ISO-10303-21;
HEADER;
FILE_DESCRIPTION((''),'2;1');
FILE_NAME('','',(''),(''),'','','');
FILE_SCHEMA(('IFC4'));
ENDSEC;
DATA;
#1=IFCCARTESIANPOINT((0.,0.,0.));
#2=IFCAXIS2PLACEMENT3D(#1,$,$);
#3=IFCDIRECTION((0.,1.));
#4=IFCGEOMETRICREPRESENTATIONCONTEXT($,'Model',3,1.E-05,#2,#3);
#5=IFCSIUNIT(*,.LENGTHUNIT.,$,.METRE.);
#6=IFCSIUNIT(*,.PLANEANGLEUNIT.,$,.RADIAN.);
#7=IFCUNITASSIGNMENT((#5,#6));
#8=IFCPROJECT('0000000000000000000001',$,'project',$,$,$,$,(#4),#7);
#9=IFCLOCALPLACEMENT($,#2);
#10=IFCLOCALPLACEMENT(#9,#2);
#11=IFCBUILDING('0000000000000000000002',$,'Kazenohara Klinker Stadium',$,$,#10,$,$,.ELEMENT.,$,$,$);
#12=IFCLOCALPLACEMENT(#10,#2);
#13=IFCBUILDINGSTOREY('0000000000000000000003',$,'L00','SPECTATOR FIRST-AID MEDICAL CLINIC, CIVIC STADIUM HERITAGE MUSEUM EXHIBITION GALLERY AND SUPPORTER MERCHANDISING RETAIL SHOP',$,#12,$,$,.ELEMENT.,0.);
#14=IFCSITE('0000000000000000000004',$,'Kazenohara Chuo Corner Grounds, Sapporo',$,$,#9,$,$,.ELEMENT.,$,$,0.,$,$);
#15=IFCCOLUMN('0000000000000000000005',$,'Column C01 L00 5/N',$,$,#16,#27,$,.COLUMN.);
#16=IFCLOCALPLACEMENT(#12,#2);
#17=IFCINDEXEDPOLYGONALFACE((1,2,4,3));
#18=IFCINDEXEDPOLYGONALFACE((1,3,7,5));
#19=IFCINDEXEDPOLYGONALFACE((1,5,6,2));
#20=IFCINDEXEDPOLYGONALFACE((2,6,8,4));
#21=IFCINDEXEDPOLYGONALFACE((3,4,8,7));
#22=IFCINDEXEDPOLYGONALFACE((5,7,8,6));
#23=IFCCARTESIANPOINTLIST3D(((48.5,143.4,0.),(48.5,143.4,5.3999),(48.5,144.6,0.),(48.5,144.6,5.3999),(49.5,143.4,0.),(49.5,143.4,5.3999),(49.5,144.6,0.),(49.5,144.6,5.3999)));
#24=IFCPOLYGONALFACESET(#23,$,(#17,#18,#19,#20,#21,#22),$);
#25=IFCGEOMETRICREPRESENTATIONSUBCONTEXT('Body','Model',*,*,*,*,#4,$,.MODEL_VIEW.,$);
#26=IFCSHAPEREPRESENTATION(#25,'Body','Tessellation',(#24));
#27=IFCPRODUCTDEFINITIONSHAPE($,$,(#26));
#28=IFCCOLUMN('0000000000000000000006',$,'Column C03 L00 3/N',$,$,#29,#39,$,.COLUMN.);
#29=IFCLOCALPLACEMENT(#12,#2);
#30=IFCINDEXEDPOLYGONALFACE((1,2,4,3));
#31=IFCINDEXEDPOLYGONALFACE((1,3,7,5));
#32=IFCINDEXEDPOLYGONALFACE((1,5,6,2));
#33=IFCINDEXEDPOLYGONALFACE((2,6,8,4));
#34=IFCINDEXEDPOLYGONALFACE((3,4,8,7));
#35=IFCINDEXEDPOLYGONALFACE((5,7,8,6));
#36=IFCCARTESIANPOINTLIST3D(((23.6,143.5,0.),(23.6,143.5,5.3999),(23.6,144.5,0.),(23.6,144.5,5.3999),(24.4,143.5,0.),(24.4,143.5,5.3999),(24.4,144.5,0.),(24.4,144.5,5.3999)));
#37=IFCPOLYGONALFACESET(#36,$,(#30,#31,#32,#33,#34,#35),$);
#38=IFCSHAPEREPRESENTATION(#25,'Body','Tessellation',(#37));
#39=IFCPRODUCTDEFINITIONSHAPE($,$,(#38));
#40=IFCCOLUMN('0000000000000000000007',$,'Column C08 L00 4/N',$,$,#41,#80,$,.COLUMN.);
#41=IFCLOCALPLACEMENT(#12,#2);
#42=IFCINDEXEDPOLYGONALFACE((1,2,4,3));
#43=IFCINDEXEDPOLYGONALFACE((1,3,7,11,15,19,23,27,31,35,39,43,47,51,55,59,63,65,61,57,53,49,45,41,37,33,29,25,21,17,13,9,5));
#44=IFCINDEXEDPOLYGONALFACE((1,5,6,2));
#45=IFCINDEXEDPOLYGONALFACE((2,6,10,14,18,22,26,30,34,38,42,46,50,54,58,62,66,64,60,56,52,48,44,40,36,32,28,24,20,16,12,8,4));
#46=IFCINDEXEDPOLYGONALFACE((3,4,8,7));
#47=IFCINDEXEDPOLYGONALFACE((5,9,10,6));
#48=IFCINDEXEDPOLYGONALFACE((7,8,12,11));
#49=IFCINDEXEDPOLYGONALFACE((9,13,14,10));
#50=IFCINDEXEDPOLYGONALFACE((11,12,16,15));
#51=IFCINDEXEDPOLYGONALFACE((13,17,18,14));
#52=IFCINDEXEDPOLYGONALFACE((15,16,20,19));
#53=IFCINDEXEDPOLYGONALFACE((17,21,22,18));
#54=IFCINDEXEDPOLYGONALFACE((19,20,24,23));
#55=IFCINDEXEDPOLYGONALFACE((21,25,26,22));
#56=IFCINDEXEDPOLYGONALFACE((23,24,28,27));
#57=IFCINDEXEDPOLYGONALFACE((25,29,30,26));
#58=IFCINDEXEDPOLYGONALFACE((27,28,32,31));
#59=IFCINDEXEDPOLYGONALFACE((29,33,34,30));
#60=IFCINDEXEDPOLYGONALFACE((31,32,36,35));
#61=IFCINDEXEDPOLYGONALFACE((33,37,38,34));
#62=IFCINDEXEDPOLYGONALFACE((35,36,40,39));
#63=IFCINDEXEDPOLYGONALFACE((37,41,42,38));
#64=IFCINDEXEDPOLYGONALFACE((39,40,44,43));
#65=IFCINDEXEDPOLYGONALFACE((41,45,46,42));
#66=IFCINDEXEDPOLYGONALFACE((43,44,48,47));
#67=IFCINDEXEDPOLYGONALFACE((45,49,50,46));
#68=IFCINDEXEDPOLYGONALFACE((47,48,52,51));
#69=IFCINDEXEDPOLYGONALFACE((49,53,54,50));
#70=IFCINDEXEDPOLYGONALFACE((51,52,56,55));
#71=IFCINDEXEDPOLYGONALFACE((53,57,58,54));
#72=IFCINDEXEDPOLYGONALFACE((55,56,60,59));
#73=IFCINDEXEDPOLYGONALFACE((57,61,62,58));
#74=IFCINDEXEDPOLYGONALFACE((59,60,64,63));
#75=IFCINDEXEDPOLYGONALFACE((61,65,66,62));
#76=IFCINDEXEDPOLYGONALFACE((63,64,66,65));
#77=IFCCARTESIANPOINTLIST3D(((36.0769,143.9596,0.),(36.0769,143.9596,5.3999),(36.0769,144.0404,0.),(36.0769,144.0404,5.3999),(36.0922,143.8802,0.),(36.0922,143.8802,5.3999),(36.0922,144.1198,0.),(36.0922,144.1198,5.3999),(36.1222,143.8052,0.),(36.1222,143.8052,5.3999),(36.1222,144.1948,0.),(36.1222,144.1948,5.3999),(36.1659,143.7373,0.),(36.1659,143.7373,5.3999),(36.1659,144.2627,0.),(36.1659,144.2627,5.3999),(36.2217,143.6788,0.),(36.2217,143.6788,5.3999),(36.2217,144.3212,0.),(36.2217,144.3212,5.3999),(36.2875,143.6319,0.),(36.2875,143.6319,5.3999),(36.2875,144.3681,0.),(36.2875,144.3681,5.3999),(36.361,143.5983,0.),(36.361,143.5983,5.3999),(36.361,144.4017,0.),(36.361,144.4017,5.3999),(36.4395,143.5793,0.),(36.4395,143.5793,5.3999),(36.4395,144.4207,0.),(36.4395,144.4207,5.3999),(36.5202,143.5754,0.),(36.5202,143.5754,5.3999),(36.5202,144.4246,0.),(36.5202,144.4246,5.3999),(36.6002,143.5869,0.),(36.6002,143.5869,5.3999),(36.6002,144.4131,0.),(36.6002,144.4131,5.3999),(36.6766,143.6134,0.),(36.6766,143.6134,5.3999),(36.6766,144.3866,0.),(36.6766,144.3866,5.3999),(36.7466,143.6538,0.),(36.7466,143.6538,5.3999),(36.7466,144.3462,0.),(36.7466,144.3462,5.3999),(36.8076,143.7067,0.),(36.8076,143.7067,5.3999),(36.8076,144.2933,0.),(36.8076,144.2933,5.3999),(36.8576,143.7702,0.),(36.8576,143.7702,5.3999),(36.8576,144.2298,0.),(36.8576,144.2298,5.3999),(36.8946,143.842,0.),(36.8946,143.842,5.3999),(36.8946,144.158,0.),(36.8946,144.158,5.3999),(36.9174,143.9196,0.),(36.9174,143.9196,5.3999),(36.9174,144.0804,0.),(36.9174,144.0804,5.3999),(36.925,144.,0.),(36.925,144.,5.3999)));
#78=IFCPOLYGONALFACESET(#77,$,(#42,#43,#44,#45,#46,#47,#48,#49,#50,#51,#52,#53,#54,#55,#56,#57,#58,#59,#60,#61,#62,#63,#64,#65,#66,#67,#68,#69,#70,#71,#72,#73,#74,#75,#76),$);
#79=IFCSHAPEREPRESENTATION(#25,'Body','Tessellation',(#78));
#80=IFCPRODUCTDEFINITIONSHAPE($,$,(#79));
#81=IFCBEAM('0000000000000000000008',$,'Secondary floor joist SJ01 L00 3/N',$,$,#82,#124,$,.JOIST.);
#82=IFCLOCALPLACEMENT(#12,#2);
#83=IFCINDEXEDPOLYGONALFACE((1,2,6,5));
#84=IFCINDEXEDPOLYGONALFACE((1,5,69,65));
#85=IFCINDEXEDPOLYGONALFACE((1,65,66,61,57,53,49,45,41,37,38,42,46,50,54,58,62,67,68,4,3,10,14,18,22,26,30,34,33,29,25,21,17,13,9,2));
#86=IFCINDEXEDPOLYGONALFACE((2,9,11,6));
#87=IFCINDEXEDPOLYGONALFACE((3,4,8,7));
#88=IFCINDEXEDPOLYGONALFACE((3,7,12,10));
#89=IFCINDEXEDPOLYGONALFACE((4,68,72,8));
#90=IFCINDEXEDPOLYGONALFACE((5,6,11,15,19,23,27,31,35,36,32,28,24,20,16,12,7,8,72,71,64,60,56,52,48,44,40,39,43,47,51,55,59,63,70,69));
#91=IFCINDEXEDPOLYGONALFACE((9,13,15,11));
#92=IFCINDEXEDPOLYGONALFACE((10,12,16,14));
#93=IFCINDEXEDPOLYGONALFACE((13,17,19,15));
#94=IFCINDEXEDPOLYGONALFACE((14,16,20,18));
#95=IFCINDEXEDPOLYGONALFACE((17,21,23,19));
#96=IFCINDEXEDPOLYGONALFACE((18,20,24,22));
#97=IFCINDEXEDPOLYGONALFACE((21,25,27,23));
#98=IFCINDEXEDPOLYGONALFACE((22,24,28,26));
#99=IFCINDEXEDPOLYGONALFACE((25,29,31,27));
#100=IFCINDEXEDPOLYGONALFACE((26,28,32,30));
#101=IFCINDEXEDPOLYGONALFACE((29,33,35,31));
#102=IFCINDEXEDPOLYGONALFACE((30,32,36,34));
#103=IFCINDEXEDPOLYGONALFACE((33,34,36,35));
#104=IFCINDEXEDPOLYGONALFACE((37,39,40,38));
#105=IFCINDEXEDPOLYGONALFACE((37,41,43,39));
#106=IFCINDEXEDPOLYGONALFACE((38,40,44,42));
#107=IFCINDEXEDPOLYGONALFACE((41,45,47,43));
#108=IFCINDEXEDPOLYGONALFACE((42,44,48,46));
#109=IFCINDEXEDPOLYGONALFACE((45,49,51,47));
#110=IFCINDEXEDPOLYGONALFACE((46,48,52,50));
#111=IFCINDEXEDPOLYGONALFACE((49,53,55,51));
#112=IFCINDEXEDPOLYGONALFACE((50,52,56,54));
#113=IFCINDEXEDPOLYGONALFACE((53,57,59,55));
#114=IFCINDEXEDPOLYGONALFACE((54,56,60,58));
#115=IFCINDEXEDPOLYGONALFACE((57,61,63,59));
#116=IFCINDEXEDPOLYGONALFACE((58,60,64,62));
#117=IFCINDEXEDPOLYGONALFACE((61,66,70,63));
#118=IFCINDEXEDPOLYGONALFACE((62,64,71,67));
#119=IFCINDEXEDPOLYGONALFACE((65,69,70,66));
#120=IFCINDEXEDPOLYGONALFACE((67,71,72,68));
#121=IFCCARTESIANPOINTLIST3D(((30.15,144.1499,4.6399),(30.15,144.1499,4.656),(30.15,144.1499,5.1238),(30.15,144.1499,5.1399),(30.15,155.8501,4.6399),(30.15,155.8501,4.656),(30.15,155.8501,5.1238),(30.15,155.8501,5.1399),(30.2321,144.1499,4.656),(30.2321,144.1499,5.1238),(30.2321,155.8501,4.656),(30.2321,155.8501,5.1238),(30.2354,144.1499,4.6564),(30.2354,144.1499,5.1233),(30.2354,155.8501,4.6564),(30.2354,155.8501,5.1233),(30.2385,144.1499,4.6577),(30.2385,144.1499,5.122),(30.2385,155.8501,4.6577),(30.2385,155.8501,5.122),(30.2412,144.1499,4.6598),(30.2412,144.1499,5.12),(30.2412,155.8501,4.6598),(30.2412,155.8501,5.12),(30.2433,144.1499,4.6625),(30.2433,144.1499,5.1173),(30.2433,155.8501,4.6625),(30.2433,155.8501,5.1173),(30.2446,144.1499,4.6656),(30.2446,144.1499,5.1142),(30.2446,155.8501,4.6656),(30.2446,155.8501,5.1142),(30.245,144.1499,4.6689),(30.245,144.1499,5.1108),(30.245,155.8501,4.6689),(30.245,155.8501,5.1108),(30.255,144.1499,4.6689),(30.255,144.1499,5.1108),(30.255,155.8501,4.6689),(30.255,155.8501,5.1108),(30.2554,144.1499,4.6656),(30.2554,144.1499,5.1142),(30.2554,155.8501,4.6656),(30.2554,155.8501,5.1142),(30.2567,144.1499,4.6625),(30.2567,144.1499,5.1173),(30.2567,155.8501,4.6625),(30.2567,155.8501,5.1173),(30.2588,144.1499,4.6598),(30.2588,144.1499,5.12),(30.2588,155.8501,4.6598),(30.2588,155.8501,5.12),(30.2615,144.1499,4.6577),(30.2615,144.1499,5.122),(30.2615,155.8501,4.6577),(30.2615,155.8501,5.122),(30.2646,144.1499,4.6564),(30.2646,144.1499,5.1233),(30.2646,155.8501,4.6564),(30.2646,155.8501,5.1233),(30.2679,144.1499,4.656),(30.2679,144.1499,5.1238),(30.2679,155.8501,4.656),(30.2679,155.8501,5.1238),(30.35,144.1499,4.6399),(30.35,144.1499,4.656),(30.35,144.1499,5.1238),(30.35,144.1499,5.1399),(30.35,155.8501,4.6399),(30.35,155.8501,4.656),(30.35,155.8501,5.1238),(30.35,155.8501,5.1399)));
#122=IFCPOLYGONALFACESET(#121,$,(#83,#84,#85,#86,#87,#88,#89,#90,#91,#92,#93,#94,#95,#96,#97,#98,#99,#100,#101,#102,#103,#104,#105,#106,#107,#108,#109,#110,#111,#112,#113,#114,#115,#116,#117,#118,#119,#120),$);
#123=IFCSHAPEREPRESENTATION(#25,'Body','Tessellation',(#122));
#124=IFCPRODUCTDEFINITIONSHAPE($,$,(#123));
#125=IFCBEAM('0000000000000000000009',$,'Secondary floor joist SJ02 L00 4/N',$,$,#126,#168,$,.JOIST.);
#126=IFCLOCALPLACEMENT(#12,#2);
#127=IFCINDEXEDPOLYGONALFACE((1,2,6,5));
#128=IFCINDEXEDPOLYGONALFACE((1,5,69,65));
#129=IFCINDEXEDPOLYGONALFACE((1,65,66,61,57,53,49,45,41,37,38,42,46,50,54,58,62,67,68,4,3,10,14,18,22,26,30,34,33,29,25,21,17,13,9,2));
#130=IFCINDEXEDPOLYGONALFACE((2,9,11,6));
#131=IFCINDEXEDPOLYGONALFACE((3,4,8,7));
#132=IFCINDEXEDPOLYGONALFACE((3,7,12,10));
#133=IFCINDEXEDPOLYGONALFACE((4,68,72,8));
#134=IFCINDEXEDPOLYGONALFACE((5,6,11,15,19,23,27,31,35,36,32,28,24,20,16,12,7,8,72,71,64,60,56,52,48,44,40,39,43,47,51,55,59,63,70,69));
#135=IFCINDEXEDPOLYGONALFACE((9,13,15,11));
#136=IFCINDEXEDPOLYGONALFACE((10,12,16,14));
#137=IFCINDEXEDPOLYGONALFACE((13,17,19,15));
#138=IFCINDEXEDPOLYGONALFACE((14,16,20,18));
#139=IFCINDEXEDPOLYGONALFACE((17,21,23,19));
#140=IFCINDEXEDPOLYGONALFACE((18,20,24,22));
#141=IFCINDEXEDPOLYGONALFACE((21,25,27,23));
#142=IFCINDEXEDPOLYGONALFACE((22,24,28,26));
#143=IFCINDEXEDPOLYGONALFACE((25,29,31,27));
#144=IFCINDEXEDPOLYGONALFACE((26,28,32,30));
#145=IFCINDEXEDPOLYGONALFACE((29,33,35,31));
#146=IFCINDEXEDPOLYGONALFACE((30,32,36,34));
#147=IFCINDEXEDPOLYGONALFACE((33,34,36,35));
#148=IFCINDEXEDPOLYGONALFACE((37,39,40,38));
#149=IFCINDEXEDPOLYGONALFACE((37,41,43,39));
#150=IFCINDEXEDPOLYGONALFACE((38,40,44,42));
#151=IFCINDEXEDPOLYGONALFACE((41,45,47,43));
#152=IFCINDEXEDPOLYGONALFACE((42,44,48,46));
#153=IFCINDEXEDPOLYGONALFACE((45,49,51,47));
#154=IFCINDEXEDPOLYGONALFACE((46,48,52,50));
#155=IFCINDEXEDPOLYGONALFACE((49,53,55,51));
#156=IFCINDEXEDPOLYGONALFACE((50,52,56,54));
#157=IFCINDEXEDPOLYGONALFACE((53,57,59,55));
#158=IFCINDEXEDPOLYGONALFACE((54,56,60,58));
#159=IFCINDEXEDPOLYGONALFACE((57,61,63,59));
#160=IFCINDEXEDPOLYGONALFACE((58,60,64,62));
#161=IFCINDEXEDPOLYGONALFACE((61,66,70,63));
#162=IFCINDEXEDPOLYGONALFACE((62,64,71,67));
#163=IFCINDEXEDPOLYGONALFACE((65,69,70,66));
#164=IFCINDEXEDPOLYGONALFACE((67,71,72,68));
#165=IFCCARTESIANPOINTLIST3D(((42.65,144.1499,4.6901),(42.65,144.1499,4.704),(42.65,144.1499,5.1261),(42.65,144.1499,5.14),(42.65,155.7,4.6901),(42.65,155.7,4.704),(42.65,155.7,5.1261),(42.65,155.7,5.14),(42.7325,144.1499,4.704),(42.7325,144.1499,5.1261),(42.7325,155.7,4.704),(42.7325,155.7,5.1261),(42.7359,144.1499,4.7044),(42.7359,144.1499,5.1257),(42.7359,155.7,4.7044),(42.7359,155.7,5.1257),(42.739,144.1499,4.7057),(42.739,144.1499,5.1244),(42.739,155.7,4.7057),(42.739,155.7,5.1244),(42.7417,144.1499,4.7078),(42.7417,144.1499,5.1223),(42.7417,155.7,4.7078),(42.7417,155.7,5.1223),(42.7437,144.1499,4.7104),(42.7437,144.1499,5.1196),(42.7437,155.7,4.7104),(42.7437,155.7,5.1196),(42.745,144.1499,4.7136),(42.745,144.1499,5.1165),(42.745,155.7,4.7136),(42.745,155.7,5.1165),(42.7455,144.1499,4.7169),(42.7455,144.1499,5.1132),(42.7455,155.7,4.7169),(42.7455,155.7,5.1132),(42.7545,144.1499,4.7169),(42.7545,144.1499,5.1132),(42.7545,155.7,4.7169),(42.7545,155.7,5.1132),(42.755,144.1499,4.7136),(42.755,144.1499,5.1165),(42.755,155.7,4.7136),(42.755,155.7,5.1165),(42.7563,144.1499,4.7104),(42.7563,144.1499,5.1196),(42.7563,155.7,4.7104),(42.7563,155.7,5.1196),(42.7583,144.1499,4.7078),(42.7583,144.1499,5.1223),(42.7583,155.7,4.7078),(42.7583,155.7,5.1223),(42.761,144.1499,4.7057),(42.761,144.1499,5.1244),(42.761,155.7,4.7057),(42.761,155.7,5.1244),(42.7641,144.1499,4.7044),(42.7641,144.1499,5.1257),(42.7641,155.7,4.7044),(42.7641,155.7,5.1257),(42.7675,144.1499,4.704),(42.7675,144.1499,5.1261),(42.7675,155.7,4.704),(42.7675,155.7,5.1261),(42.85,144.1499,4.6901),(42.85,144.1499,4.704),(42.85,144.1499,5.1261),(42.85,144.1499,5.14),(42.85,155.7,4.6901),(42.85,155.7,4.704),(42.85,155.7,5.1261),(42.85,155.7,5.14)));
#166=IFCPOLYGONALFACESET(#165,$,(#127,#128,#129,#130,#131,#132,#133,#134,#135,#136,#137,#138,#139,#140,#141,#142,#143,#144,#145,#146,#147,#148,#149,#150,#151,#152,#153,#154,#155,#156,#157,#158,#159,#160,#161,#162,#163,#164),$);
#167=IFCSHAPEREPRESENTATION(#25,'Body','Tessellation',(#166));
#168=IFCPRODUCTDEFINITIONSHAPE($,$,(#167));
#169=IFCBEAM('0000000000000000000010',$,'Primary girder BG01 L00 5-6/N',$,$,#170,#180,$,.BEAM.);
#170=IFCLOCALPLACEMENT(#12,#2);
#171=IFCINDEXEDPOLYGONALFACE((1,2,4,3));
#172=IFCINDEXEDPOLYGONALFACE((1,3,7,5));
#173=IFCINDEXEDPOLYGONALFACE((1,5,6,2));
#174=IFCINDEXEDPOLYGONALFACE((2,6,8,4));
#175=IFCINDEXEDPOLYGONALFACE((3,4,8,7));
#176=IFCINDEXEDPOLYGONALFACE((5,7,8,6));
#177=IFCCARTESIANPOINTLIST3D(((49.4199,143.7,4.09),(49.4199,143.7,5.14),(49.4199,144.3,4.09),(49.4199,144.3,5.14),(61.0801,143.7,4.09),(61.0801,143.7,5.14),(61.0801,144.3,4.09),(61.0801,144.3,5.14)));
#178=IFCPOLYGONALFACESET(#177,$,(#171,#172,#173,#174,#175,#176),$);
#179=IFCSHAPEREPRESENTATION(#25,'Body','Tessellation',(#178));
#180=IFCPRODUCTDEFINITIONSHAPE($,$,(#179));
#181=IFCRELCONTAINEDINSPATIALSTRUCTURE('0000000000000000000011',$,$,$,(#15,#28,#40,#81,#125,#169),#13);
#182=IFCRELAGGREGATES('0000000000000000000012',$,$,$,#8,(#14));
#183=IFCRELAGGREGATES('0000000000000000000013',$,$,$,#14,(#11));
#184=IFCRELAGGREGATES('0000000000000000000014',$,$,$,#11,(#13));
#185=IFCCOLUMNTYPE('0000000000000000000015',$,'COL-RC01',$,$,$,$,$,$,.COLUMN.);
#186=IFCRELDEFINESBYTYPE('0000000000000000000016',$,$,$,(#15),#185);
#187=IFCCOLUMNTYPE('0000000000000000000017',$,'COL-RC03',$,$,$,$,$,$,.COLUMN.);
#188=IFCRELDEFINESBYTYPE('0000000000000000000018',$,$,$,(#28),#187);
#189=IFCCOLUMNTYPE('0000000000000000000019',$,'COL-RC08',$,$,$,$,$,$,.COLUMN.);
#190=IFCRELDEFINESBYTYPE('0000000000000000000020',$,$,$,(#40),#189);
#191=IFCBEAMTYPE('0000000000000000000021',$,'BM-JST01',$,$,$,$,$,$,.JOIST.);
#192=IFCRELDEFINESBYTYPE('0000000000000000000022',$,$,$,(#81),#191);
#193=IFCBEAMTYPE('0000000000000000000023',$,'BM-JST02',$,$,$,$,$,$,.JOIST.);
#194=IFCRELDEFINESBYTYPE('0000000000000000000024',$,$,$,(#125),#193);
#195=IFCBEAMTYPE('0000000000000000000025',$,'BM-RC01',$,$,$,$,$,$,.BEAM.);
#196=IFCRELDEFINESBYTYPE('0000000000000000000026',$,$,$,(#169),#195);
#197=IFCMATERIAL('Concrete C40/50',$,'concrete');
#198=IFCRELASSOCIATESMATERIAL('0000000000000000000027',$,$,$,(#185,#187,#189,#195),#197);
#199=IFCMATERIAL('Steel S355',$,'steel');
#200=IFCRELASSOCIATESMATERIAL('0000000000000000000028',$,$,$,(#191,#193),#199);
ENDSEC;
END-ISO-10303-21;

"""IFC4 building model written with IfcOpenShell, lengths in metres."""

from ifc_helpers import new_model, si_unit, direction, frame, origin, origin_2d, place, context, subcontext, project, spatial, rectangle, circle, i_section, extrude, material, material_profile, profile_set, type_object, element, save


model = new_model("IFC4")

# Units and contexts
model_context = context("Model", 3, precision=1e-05, world=origin(), true_north=direction((0.0, 1.0)))
body_context = subcontext(model_context, "Body", "Model", "MODEL_VIEW")
ifc_project = project(units=[si_unit("LENGTHUNIT", "METRE"), si_unit("PLANEANGLEUNIT", "RADIAN")], contexts=[model_context])

# Site, building, storey
site_placement = place(None, origin())
site = spatial("IfcSite", under=ifc_project, at=site_placement, Name="Kazenohara Chuo Corner Grounds, Sapporo", CompositionType="ELEMENT", RefElevation=0.0)
building_placement = place(site_placement, origin())
building = spatial("IfcBuilding", under=site, at=building_placement, Name="Kazenohara Klinker Stadium", CompositionType="ELEMENT")
storey_placement = place(building_placement, origin())
storey = spatial("IfcBuildingStorey", under=building, at=storey_placement, Name="L00", Description="SPECTATOR FIRST-AID MEDICAL CLINIC, CIVIC STADIUM HERITAGE MUSEUM EXHIBITION GALLERY AND SUPPORTER MERCHANDISING RETAIL SHOP", CompositionType="ELEMENT", Elevation=0.0)

# Columns
ifc_material_1 = material(Name="Concrete C40/50", Category="concrete")
ifc_material_profile_1 = material_profile(ifc_material_1, rectangle(XDim=1.0, YDim=1.2, at=origin_2d()), Name="RC-COL-1200x1000")
ifc_profile_set_1 = profile_set([ifc_material_profile_1], Name="Concrete C40/50")
column_type_1 = type_object("IfcColumnType", Name="COL-RC01", PredefinedType="COLUMN", material=ifc_profile_set_1)
column_1_placement = place(storey_placement, frame((49.0, 144.0, 0.0), z_axis=(0.0, 0.0, 1.0), x_axis=(1.0, 0.0, 0.0)))
element("IfcColumn", 1, at=column_1_placement, inside=storey, type_object=column_type_1, Name="Column C01 L00 5/N", PredefinedType="COLUMN", context=body_context, shape_type="SweptSolid", body=[
    extrude(rectangle(XDim=1.0, YDim=1.2, at=origin_2d()), origin(), (0.0, 0.0, 1.0), 5.3999),
])
ifc_material_profile_2 = material_profile(ifc_material_1, rectangle(XDim=0.8, YDim=1.0, at=origin_2d()), Name="RC-COL-1000x800")
ifc_profile_set_2 = profile_set([ifc_material_profile_2], Name="Concrete C40/50")
column_type_2 = type_object("IfcColumnType", Name="COL-RC03", PredefinedType="COLUMN", material=ifc_profile_set_2)
column_2_placement = place(storey_placement, frame((24.0, 144.0, 0.0), z_axis=(0.0, 0.0, 1.0), x_axis=(1.0, 0.0, 0.0)))
element("IfcColumn", 2, at=column_2_placement, inside=storey, type_object=column_type_2, Name="Column C03 L00 3/N", PredefinedType="COLUMN", context=body_context, shape_type="SweptSolid", body=[
    extrude(rectangle(XDim=0.8, YDim=1.0, at=origin_2d()), origin(), (0.0, 0.0, 1.0), 5.3999),
])
ifc_material_profile_3 = material_profile(ifc_material_1, circle(Radius=0.425, at=origin_2d()), Name="RC-COL-D850")
ifc_profile_set_3 = profile_set([ifc_material_profile_3], Name="Concrete C40/50")
column_type_3 = type_object("IfcColumnType", Name="COL-RC08", PredefinedType="COLUMN", material=ifc_profile_set_3)
column_3_placement = place(storey_placement, frame((36.5, 144.0, 0.0), z_axis=(0.0, 0.0, 1.0), x_axis=(1.0, 0.0, 0.0)))
element("IfcColumn", 3, at=column_3_placement, inside=storey, type_object=column_type_3, Name="Column C08 L00 4/N", PredefinedType="COLUMN", context=body_context, shape_type="SweptSolid", body=[
    extrude(circle(Radius=0.425, at=origin_2d()), origin(), (0.0, 0.0, 1.0), 5.3999),
])

# Beams
ifc_material_2 = material(Name="Steel S355", Category="steel")
ifc_material_profile_4 = material_profile(ifc_material_2, i_section(OverallWidth=0.2, OverallDepth=0.5, WebThickness=0.01, FlangeThickness=0.0161, FilletRadius=0.0129, at=origin_2d()), Name="H-500x200x10x16")
ifc_profile_set_4 = profile_set([ifc_material_profile_4], Name="Steel S355")
beam_type_1 = type_object("IfcBeamType", Name="BM-JST01", PredefinedType="JOIST", material=ifc_profile_set_4)
beam_1_placement = place(storey_placement, frame((30.25, 144.1499, 4.8899), z_axis=(0.0, 1.0, 0.0), x_axis=(-1.0, 0.0, 0.0)))
element("IfcBeam", 4, at=beam_1_placement, inside=storey, type_object=beam_type_1, Name="Secondary floor joist SJ01 L00 3/N", PredefinedType="JOIST", context=body_context, shape_type="SweptSolid", body=[
    extrude(i_section(OverallWidth=0.2, OverallDepth=0.5, WebThickness=0.01, FlangeThickness=0.0161, FilletRadius=0.0129, at=origin_2d()), origin(), (0.0, 0.0, 1.0), 11.7002),
])
ifc_material_profile_5 = material_profile(ifc_material_2, i_section(OverallWidth=0.2, OverallDepth=0.45, WebThickness=0.009, FlangeThickness=0.0139, FilletRadius=0.0129, at=origin_2d()), Name="H-450x200x9x14")
ifc_profile_set_5 = profile_set([ifc_material_profile_5], Name="Steel S355")
beam_type_2 = type_object("IfcBeamType", Name="BM-JST02", PredefinedType="JOIST", material=ifc_profile_set_5)
beam_2_placement = place(storey_placement, frame((42.75, 144.1499, 4.915), z_axis=(0.0, 1.0, 0.0), x_axis=(-1.0, 0.0, 0.0)))
element("IfcBeam", 5, at=beam_2_placement, inside=storey, type_object=beam_type_2, Name="Secondary floor joist SJ02 L00 4/N", PredefinedType="JOIST", context=body_context, shape_type="SweptSolid", body=[
    extrude(i_section(OverallWidth=0.2, OverallDepth=0.45, WebThickness=0.009, FlangeThickness=0.0139, FilletRadius=0.0129, at=origin_2d()), origin(), (0.0, 0.0, 1.0), 11.55),
])
ifc_material_profile_6 = material_profile(ifc_material_1, rectangle(XDim=0.6001, YDim=1.05, at=origin_2d()), Name="RC-BM-600x1050")
ifc_profile_set_6 = profile_set([ifc_material_profile_6], Name="Concrete C40/50")
beam_type_3 = type_object("IfcBeamType", Name="BM-RC01", PredefinedType="BEAM", material=ifc_profile_set_6)
beam_3_placement = place(storey_placement, frame((49.4199, 144.0, 4.615), z_axis=(1.0, 0.0, 0.0), x_axis=(0.0, 1.0, 0.0)))
element("IfcBeam", 6, at=beam_3_placement, inside=storey, type_object=beam_type_3, Name="Primary girder BG01 L00 5-6/N", PredefinedType="BEAM", context=body_context, shape_type="SweptSolid", body=[
    extrude(rectangle(XDim=0.6001, YDim=1.05, at=origin_2d()), origin(), (0.0, 0.0, 1.0), 11.6602),
])

save(model, "model.ifc")
